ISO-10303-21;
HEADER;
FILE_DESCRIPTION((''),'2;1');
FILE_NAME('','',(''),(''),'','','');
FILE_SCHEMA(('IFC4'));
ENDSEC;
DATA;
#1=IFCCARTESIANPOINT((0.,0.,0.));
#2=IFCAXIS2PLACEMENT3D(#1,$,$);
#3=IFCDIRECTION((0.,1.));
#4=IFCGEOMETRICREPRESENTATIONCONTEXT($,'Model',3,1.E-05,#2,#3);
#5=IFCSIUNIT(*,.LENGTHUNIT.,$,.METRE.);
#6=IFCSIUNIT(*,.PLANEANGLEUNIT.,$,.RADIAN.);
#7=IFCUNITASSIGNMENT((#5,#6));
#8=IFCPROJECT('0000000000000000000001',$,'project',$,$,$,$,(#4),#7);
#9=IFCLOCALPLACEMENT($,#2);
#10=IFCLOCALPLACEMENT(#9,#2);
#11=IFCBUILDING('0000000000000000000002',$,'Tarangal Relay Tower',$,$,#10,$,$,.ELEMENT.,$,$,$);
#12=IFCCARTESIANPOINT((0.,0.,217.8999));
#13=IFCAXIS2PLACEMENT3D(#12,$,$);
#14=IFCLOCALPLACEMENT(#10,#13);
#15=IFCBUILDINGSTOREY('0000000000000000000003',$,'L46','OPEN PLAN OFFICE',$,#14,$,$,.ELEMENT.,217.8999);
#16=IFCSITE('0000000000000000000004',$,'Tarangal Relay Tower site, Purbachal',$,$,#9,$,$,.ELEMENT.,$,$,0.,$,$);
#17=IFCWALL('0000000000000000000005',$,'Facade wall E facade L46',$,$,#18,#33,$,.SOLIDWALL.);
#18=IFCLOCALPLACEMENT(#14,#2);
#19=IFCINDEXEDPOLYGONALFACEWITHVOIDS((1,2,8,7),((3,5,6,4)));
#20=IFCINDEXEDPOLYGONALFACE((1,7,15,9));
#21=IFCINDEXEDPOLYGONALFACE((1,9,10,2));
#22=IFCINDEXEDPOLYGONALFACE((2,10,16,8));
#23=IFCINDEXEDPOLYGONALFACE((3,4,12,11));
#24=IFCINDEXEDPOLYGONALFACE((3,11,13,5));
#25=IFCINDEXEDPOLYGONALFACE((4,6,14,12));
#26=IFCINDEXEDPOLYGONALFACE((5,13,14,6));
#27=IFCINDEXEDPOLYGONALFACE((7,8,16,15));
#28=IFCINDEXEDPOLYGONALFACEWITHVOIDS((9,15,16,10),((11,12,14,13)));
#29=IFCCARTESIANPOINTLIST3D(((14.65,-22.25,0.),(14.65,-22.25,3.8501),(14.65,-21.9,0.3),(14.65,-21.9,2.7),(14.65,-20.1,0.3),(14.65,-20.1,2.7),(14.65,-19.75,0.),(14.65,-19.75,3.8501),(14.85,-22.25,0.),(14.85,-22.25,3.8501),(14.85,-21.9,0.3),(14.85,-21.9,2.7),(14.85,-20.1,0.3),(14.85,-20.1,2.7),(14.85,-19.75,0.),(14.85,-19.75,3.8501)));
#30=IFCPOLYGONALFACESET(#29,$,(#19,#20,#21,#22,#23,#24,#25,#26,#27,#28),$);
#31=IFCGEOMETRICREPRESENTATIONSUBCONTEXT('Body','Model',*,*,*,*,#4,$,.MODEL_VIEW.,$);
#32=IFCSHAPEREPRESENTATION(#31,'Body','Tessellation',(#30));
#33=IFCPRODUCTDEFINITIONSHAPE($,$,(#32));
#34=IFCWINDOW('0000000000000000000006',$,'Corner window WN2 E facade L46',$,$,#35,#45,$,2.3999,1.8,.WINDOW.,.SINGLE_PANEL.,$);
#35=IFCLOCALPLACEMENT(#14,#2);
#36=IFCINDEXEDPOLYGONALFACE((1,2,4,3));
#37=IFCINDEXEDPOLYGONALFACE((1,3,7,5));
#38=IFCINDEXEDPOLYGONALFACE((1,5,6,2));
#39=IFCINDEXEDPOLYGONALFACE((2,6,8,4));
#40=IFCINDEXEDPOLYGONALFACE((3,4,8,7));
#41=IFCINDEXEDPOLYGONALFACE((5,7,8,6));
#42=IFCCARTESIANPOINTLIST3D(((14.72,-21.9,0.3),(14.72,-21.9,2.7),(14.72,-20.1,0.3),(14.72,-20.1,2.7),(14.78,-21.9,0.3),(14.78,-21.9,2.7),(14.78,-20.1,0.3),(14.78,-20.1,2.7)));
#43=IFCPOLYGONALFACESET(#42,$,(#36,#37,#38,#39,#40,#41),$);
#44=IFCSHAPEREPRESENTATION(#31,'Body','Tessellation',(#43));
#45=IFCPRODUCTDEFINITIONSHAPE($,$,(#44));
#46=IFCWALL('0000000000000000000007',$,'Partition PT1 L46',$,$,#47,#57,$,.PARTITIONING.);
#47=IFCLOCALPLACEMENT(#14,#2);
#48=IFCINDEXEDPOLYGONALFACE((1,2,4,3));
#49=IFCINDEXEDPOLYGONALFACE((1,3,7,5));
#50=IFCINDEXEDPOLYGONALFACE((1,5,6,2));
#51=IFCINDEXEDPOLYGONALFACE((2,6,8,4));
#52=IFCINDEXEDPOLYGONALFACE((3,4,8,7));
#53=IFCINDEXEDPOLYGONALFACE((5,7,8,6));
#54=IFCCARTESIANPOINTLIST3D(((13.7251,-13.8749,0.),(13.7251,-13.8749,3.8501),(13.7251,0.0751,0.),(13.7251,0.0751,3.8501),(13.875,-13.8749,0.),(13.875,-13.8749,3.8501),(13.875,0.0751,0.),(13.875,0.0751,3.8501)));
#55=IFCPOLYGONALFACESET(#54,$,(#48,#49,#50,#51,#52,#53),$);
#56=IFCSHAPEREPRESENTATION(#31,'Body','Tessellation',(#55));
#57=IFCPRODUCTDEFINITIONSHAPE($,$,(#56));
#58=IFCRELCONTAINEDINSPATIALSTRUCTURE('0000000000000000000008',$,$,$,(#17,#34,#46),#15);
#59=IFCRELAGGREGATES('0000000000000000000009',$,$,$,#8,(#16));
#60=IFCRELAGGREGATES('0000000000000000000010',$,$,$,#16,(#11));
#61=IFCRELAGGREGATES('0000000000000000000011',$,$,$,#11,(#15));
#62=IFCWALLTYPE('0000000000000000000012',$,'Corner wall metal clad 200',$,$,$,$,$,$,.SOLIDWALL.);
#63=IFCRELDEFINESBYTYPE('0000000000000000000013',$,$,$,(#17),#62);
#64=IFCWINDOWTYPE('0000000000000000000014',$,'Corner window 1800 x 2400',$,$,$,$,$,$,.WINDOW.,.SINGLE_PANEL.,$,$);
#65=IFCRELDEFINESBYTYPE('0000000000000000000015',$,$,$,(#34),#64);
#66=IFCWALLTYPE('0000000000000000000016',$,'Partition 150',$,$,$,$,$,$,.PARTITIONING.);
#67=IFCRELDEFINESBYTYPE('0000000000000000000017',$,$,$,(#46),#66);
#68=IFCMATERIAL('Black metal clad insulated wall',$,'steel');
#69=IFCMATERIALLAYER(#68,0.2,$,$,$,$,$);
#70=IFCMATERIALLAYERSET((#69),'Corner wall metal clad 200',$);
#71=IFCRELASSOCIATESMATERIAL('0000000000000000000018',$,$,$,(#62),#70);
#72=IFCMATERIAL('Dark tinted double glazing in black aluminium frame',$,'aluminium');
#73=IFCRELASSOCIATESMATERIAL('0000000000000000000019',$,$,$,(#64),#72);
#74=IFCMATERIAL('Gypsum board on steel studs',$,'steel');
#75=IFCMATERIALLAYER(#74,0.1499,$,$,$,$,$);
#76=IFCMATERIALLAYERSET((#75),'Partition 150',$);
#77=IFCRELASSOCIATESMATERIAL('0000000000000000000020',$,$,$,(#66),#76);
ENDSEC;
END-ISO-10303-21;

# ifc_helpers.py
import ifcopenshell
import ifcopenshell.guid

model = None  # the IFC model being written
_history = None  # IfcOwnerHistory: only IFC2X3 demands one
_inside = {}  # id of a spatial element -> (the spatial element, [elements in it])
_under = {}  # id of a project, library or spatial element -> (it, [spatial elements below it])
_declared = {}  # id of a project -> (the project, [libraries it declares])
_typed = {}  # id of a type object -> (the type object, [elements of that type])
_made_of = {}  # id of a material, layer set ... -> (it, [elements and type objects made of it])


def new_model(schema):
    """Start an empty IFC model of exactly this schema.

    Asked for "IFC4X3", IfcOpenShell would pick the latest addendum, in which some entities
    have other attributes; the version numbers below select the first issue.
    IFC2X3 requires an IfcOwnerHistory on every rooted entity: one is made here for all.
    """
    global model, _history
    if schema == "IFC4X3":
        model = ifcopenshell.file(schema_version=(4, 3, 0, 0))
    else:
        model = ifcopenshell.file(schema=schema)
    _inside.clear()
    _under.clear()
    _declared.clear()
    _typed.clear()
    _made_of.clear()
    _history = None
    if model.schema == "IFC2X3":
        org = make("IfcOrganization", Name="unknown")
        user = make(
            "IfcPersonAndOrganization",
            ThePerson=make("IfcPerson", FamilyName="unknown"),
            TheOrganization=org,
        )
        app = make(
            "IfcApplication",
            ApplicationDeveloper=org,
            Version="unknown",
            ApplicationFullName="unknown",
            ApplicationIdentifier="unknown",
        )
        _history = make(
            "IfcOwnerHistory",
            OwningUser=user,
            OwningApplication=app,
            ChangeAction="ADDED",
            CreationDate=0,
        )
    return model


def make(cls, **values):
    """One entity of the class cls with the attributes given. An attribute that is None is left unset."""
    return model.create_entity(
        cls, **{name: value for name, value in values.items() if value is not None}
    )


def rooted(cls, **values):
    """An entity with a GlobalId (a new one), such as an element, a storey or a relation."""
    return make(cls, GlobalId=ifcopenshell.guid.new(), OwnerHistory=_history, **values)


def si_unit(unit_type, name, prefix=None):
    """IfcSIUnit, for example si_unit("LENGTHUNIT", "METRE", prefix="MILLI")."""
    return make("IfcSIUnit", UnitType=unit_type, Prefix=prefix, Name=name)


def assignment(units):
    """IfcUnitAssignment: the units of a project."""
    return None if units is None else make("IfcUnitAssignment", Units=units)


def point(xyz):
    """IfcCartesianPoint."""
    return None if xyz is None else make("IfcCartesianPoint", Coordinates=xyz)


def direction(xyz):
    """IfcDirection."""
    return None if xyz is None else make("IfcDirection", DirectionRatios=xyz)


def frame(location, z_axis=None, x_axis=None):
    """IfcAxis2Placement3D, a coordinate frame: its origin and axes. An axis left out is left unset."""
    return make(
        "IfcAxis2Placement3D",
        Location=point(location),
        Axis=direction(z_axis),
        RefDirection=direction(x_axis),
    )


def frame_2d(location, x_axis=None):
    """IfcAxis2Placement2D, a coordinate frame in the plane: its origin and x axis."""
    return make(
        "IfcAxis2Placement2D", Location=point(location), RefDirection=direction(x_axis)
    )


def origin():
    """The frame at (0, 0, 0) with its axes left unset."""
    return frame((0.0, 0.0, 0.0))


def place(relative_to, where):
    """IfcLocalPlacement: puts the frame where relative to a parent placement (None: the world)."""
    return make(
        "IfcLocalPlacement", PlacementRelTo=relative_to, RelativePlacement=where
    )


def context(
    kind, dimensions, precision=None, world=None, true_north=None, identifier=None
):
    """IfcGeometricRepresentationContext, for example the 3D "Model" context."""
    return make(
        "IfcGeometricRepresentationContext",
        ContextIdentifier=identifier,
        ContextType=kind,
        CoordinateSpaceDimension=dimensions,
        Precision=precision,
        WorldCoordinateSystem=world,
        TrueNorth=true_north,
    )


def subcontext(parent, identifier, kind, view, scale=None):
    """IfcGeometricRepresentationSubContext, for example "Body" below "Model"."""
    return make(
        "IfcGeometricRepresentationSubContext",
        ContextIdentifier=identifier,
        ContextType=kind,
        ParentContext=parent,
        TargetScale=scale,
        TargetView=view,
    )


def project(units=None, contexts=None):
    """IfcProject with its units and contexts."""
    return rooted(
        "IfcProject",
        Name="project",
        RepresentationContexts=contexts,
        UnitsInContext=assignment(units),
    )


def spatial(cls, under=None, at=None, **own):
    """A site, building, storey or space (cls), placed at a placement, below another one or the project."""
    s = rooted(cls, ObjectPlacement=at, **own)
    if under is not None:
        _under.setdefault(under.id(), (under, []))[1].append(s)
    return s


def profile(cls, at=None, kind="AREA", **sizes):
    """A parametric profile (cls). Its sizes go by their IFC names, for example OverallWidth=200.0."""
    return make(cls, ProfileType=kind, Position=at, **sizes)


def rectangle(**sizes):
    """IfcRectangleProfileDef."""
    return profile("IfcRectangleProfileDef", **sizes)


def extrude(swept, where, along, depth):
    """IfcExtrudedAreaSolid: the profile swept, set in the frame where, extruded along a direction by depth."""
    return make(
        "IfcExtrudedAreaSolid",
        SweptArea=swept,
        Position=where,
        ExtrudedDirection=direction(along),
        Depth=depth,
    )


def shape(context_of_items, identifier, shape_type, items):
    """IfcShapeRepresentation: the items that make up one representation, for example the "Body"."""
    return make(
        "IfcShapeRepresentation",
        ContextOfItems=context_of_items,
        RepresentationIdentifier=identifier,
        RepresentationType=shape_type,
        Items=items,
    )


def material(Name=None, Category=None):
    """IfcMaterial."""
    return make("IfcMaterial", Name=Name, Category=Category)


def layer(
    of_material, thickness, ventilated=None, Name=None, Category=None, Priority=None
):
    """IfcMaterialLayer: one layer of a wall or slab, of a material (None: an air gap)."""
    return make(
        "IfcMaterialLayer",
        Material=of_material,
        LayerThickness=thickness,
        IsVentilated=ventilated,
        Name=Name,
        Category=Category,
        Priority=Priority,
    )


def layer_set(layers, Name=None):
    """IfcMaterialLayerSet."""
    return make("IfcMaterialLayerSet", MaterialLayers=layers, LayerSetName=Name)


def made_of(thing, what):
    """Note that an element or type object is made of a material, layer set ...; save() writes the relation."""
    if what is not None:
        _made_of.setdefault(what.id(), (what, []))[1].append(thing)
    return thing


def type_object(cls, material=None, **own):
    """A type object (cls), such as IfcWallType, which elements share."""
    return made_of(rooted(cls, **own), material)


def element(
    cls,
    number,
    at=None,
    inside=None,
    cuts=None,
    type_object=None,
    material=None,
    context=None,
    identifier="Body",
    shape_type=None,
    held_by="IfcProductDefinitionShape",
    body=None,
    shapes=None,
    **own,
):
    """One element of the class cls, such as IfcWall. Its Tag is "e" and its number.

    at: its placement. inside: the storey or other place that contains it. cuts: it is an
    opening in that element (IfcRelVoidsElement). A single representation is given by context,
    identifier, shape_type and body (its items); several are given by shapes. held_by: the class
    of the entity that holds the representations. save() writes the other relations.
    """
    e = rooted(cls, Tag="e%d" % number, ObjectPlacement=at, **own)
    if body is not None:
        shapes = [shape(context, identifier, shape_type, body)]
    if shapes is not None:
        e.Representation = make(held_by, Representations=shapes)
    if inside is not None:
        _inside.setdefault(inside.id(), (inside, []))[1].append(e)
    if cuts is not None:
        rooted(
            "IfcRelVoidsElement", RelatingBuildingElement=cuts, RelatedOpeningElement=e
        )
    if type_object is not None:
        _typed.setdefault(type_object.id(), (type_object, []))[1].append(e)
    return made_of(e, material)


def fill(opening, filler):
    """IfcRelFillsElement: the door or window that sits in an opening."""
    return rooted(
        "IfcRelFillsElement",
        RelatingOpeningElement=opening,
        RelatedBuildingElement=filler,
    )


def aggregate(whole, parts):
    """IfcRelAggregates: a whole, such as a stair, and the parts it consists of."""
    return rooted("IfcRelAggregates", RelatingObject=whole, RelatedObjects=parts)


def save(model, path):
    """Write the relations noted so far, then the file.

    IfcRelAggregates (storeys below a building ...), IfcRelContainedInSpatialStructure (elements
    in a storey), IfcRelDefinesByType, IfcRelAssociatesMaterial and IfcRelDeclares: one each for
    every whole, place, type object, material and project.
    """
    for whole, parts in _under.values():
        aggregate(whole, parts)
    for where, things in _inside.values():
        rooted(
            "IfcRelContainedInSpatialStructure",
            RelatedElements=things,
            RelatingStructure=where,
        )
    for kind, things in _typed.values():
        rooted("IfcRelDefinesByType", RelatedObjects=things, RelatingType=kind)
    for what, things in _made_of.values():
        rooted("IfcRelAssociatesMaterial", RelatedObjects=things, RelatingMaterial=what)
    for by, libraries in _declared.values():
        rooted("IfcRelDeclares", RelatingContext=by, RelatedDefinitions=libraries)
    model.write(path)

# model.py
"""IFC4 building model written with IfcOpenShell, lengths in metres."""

from ifc_helpers import new_model, si_unit, direction, frame, frame_2d, origin, place, context, subcontext, project, spatial, rectangle, extrude, material, layer, layer_set, type_object, element, fill, save


model = new_model("IFC4")

# Units and contexts
model_context = context("Model", 3, precision=1e-05, world=origin(), true_north=direction((0.0, 1.0)))
body_context = subcontext(model_context, "Body", "Model", "MODEL_VIEW")
ifc_project = project(units=[si_unit("LENGTHUNIT", "METRE"), si_unit("PLANEANGLEUNIT", "RADIAN")], contexts=[model_context])

# Site, building, storey
site_placement = place(None, origin())
site = spatial("IfcSite", under=ifc_project, at=site_placement, Name="Tarangal Relay Tower site, Purbachal", CompositionType="ELEMENT", RefElevation=0.0)
building_placement = place(site_placement, origin())
building = spatial("IfcBuilding", under=site, at=building_placement, Name="Tarangal Relay Tower", CompositionType="ELEMENT")
storey_placement = place(building_placement, frame((0.0, 0.0, 217.8999)))
storey = spatial("IfcBuildingStorey", under=building, at=storey_placement, Name="L46", Description="OPEN PLAN OFFICE", CompositionType="ELEMENT", Elevation=217.8999)

# Shared definitions
ifc_material_1 = material(Name="Black metal clad insulated wall", Category="steel")
ifc_layer_1 = layer(ifc_material_1, 0.2)
ifc_layer_set_1 = layer_set([ifc_layer_1], Name="Corner wall metal clad 200")
wall_type_1 = type_object("IfcWallType", Name="Corner wall metal clad 200", PredefinedType="SOLIDWALL", material=ifc_layer_set_1)

# Shared definitions
ifc_material_2 = material(Name="Dark tinted double glazing in black aluminium frame", Category="aluminium")
window_type = type_object("IfcWindowType", Name="Corner window 1800 x 2400", PartitioningType="SINGLE_PANEL", PredefinedType="WINDOW", material=ifc_material_2)

# Wall, opening, window
wall_1_placement = place(storey_placement, frame((14.75, -19.75, 0.0), z_axis=(0.0, 0.0, 1.0), x_axis=(0.0, -1.0, 0.0)))
wall_1 = element("IfcWall", 1, at=wall_1_placement, inside=storey, type_object=wall_type_1, Name="Facade wall E facade L46", PredefinedType="SOLIDWALL", context=body_context, shape_type="SweptSolid", body=[
    extrude(rectangle(XDim=2.5, YDim=0.2, at=frame_2d((1.25, 0.0))), origin(), (0.0, 0.0, 1.0), 3.8501),
])
opening_1_placement = place(wall_1_placement, frame((0.3501, 0.0, 0.3)))
opening_1 = element("IfcOpeningElement", 2, at=opening_1_placement, cuts=wall_1, PredefinedType="OPENING", context=body_context, shape_type="SweptSolid", body=[
    extrude(rectangle(XDim=1.8, YDim=2.3999, at=frame_2d((0.8999, 1.2))), frame((0.0, 0.1099, 0.0), z_axis=(0.0, -1.0, 0.0), x_axis=(1.0, 0.0, 0.0)), (0.0, 0.0, 1.0), 0.22),
])
window_1_placement = place(opening_1_placement, origin())
window_1 = element("IfcWindow", 3, at=window_1_placement, inside=storey, type_object=window_type, Name="Corner window WN2 E facade L46", OverallHeight=2.3999, OverallWidth=1.8, PartitioningType="SINGLE_PANEL", PredefinedType="WINDOW", context=body_context, shape_type="SweptSolid", body=[
    extrude(rectangle(XDim=1.8, YDim=2.3999, at=frame_2d((0.8999, 1.2))), frame((0.0, 0.03, 0.0), z_axis=(0.0, -1.0, 0.0), x_axis=(1.0, 0.0, 0.0)), (0.0, 0.0, 1.0), 0.0601),
])
fill(opening_1, window_1)

# Wall
ifc_material_3 = material(Name="Gypsum board on steel studs", Category="steel")
ifc_layer_2 = layer(ifc_material_3, 0.1499)
ifc_layer_set_2 = layer_set([ifc_layer_2], Name="Partition 150")
wall_type_2 = type_object("IfcWallType", Name="Partition 150", PredefinedType="PARTITIONING", material=ifc_layer_set_2)
wall_2_placement = place(storey_placement, frame((13.8, -13.875, 0.0), z_axis=(0.0, 0.0, 1.0), x_axis=(0.0, 1.0, 0.0)))
element("IfcWall", 4, at=wall_2_placement, inside=storey, type_object=wall_type_2, Name="Partition PT1 L46", PredefinedType="PARTITIONING", context=body_context, shape_type="SweptSolid", body=[
    extrude(rectangle(XDim=13.95, YDim=0.1499, at=frame_2d((6.9751, 0.0))), origin(), (0.0, 0.0, 1.0), 3.8501),
])

save(model, "model.ifc")
